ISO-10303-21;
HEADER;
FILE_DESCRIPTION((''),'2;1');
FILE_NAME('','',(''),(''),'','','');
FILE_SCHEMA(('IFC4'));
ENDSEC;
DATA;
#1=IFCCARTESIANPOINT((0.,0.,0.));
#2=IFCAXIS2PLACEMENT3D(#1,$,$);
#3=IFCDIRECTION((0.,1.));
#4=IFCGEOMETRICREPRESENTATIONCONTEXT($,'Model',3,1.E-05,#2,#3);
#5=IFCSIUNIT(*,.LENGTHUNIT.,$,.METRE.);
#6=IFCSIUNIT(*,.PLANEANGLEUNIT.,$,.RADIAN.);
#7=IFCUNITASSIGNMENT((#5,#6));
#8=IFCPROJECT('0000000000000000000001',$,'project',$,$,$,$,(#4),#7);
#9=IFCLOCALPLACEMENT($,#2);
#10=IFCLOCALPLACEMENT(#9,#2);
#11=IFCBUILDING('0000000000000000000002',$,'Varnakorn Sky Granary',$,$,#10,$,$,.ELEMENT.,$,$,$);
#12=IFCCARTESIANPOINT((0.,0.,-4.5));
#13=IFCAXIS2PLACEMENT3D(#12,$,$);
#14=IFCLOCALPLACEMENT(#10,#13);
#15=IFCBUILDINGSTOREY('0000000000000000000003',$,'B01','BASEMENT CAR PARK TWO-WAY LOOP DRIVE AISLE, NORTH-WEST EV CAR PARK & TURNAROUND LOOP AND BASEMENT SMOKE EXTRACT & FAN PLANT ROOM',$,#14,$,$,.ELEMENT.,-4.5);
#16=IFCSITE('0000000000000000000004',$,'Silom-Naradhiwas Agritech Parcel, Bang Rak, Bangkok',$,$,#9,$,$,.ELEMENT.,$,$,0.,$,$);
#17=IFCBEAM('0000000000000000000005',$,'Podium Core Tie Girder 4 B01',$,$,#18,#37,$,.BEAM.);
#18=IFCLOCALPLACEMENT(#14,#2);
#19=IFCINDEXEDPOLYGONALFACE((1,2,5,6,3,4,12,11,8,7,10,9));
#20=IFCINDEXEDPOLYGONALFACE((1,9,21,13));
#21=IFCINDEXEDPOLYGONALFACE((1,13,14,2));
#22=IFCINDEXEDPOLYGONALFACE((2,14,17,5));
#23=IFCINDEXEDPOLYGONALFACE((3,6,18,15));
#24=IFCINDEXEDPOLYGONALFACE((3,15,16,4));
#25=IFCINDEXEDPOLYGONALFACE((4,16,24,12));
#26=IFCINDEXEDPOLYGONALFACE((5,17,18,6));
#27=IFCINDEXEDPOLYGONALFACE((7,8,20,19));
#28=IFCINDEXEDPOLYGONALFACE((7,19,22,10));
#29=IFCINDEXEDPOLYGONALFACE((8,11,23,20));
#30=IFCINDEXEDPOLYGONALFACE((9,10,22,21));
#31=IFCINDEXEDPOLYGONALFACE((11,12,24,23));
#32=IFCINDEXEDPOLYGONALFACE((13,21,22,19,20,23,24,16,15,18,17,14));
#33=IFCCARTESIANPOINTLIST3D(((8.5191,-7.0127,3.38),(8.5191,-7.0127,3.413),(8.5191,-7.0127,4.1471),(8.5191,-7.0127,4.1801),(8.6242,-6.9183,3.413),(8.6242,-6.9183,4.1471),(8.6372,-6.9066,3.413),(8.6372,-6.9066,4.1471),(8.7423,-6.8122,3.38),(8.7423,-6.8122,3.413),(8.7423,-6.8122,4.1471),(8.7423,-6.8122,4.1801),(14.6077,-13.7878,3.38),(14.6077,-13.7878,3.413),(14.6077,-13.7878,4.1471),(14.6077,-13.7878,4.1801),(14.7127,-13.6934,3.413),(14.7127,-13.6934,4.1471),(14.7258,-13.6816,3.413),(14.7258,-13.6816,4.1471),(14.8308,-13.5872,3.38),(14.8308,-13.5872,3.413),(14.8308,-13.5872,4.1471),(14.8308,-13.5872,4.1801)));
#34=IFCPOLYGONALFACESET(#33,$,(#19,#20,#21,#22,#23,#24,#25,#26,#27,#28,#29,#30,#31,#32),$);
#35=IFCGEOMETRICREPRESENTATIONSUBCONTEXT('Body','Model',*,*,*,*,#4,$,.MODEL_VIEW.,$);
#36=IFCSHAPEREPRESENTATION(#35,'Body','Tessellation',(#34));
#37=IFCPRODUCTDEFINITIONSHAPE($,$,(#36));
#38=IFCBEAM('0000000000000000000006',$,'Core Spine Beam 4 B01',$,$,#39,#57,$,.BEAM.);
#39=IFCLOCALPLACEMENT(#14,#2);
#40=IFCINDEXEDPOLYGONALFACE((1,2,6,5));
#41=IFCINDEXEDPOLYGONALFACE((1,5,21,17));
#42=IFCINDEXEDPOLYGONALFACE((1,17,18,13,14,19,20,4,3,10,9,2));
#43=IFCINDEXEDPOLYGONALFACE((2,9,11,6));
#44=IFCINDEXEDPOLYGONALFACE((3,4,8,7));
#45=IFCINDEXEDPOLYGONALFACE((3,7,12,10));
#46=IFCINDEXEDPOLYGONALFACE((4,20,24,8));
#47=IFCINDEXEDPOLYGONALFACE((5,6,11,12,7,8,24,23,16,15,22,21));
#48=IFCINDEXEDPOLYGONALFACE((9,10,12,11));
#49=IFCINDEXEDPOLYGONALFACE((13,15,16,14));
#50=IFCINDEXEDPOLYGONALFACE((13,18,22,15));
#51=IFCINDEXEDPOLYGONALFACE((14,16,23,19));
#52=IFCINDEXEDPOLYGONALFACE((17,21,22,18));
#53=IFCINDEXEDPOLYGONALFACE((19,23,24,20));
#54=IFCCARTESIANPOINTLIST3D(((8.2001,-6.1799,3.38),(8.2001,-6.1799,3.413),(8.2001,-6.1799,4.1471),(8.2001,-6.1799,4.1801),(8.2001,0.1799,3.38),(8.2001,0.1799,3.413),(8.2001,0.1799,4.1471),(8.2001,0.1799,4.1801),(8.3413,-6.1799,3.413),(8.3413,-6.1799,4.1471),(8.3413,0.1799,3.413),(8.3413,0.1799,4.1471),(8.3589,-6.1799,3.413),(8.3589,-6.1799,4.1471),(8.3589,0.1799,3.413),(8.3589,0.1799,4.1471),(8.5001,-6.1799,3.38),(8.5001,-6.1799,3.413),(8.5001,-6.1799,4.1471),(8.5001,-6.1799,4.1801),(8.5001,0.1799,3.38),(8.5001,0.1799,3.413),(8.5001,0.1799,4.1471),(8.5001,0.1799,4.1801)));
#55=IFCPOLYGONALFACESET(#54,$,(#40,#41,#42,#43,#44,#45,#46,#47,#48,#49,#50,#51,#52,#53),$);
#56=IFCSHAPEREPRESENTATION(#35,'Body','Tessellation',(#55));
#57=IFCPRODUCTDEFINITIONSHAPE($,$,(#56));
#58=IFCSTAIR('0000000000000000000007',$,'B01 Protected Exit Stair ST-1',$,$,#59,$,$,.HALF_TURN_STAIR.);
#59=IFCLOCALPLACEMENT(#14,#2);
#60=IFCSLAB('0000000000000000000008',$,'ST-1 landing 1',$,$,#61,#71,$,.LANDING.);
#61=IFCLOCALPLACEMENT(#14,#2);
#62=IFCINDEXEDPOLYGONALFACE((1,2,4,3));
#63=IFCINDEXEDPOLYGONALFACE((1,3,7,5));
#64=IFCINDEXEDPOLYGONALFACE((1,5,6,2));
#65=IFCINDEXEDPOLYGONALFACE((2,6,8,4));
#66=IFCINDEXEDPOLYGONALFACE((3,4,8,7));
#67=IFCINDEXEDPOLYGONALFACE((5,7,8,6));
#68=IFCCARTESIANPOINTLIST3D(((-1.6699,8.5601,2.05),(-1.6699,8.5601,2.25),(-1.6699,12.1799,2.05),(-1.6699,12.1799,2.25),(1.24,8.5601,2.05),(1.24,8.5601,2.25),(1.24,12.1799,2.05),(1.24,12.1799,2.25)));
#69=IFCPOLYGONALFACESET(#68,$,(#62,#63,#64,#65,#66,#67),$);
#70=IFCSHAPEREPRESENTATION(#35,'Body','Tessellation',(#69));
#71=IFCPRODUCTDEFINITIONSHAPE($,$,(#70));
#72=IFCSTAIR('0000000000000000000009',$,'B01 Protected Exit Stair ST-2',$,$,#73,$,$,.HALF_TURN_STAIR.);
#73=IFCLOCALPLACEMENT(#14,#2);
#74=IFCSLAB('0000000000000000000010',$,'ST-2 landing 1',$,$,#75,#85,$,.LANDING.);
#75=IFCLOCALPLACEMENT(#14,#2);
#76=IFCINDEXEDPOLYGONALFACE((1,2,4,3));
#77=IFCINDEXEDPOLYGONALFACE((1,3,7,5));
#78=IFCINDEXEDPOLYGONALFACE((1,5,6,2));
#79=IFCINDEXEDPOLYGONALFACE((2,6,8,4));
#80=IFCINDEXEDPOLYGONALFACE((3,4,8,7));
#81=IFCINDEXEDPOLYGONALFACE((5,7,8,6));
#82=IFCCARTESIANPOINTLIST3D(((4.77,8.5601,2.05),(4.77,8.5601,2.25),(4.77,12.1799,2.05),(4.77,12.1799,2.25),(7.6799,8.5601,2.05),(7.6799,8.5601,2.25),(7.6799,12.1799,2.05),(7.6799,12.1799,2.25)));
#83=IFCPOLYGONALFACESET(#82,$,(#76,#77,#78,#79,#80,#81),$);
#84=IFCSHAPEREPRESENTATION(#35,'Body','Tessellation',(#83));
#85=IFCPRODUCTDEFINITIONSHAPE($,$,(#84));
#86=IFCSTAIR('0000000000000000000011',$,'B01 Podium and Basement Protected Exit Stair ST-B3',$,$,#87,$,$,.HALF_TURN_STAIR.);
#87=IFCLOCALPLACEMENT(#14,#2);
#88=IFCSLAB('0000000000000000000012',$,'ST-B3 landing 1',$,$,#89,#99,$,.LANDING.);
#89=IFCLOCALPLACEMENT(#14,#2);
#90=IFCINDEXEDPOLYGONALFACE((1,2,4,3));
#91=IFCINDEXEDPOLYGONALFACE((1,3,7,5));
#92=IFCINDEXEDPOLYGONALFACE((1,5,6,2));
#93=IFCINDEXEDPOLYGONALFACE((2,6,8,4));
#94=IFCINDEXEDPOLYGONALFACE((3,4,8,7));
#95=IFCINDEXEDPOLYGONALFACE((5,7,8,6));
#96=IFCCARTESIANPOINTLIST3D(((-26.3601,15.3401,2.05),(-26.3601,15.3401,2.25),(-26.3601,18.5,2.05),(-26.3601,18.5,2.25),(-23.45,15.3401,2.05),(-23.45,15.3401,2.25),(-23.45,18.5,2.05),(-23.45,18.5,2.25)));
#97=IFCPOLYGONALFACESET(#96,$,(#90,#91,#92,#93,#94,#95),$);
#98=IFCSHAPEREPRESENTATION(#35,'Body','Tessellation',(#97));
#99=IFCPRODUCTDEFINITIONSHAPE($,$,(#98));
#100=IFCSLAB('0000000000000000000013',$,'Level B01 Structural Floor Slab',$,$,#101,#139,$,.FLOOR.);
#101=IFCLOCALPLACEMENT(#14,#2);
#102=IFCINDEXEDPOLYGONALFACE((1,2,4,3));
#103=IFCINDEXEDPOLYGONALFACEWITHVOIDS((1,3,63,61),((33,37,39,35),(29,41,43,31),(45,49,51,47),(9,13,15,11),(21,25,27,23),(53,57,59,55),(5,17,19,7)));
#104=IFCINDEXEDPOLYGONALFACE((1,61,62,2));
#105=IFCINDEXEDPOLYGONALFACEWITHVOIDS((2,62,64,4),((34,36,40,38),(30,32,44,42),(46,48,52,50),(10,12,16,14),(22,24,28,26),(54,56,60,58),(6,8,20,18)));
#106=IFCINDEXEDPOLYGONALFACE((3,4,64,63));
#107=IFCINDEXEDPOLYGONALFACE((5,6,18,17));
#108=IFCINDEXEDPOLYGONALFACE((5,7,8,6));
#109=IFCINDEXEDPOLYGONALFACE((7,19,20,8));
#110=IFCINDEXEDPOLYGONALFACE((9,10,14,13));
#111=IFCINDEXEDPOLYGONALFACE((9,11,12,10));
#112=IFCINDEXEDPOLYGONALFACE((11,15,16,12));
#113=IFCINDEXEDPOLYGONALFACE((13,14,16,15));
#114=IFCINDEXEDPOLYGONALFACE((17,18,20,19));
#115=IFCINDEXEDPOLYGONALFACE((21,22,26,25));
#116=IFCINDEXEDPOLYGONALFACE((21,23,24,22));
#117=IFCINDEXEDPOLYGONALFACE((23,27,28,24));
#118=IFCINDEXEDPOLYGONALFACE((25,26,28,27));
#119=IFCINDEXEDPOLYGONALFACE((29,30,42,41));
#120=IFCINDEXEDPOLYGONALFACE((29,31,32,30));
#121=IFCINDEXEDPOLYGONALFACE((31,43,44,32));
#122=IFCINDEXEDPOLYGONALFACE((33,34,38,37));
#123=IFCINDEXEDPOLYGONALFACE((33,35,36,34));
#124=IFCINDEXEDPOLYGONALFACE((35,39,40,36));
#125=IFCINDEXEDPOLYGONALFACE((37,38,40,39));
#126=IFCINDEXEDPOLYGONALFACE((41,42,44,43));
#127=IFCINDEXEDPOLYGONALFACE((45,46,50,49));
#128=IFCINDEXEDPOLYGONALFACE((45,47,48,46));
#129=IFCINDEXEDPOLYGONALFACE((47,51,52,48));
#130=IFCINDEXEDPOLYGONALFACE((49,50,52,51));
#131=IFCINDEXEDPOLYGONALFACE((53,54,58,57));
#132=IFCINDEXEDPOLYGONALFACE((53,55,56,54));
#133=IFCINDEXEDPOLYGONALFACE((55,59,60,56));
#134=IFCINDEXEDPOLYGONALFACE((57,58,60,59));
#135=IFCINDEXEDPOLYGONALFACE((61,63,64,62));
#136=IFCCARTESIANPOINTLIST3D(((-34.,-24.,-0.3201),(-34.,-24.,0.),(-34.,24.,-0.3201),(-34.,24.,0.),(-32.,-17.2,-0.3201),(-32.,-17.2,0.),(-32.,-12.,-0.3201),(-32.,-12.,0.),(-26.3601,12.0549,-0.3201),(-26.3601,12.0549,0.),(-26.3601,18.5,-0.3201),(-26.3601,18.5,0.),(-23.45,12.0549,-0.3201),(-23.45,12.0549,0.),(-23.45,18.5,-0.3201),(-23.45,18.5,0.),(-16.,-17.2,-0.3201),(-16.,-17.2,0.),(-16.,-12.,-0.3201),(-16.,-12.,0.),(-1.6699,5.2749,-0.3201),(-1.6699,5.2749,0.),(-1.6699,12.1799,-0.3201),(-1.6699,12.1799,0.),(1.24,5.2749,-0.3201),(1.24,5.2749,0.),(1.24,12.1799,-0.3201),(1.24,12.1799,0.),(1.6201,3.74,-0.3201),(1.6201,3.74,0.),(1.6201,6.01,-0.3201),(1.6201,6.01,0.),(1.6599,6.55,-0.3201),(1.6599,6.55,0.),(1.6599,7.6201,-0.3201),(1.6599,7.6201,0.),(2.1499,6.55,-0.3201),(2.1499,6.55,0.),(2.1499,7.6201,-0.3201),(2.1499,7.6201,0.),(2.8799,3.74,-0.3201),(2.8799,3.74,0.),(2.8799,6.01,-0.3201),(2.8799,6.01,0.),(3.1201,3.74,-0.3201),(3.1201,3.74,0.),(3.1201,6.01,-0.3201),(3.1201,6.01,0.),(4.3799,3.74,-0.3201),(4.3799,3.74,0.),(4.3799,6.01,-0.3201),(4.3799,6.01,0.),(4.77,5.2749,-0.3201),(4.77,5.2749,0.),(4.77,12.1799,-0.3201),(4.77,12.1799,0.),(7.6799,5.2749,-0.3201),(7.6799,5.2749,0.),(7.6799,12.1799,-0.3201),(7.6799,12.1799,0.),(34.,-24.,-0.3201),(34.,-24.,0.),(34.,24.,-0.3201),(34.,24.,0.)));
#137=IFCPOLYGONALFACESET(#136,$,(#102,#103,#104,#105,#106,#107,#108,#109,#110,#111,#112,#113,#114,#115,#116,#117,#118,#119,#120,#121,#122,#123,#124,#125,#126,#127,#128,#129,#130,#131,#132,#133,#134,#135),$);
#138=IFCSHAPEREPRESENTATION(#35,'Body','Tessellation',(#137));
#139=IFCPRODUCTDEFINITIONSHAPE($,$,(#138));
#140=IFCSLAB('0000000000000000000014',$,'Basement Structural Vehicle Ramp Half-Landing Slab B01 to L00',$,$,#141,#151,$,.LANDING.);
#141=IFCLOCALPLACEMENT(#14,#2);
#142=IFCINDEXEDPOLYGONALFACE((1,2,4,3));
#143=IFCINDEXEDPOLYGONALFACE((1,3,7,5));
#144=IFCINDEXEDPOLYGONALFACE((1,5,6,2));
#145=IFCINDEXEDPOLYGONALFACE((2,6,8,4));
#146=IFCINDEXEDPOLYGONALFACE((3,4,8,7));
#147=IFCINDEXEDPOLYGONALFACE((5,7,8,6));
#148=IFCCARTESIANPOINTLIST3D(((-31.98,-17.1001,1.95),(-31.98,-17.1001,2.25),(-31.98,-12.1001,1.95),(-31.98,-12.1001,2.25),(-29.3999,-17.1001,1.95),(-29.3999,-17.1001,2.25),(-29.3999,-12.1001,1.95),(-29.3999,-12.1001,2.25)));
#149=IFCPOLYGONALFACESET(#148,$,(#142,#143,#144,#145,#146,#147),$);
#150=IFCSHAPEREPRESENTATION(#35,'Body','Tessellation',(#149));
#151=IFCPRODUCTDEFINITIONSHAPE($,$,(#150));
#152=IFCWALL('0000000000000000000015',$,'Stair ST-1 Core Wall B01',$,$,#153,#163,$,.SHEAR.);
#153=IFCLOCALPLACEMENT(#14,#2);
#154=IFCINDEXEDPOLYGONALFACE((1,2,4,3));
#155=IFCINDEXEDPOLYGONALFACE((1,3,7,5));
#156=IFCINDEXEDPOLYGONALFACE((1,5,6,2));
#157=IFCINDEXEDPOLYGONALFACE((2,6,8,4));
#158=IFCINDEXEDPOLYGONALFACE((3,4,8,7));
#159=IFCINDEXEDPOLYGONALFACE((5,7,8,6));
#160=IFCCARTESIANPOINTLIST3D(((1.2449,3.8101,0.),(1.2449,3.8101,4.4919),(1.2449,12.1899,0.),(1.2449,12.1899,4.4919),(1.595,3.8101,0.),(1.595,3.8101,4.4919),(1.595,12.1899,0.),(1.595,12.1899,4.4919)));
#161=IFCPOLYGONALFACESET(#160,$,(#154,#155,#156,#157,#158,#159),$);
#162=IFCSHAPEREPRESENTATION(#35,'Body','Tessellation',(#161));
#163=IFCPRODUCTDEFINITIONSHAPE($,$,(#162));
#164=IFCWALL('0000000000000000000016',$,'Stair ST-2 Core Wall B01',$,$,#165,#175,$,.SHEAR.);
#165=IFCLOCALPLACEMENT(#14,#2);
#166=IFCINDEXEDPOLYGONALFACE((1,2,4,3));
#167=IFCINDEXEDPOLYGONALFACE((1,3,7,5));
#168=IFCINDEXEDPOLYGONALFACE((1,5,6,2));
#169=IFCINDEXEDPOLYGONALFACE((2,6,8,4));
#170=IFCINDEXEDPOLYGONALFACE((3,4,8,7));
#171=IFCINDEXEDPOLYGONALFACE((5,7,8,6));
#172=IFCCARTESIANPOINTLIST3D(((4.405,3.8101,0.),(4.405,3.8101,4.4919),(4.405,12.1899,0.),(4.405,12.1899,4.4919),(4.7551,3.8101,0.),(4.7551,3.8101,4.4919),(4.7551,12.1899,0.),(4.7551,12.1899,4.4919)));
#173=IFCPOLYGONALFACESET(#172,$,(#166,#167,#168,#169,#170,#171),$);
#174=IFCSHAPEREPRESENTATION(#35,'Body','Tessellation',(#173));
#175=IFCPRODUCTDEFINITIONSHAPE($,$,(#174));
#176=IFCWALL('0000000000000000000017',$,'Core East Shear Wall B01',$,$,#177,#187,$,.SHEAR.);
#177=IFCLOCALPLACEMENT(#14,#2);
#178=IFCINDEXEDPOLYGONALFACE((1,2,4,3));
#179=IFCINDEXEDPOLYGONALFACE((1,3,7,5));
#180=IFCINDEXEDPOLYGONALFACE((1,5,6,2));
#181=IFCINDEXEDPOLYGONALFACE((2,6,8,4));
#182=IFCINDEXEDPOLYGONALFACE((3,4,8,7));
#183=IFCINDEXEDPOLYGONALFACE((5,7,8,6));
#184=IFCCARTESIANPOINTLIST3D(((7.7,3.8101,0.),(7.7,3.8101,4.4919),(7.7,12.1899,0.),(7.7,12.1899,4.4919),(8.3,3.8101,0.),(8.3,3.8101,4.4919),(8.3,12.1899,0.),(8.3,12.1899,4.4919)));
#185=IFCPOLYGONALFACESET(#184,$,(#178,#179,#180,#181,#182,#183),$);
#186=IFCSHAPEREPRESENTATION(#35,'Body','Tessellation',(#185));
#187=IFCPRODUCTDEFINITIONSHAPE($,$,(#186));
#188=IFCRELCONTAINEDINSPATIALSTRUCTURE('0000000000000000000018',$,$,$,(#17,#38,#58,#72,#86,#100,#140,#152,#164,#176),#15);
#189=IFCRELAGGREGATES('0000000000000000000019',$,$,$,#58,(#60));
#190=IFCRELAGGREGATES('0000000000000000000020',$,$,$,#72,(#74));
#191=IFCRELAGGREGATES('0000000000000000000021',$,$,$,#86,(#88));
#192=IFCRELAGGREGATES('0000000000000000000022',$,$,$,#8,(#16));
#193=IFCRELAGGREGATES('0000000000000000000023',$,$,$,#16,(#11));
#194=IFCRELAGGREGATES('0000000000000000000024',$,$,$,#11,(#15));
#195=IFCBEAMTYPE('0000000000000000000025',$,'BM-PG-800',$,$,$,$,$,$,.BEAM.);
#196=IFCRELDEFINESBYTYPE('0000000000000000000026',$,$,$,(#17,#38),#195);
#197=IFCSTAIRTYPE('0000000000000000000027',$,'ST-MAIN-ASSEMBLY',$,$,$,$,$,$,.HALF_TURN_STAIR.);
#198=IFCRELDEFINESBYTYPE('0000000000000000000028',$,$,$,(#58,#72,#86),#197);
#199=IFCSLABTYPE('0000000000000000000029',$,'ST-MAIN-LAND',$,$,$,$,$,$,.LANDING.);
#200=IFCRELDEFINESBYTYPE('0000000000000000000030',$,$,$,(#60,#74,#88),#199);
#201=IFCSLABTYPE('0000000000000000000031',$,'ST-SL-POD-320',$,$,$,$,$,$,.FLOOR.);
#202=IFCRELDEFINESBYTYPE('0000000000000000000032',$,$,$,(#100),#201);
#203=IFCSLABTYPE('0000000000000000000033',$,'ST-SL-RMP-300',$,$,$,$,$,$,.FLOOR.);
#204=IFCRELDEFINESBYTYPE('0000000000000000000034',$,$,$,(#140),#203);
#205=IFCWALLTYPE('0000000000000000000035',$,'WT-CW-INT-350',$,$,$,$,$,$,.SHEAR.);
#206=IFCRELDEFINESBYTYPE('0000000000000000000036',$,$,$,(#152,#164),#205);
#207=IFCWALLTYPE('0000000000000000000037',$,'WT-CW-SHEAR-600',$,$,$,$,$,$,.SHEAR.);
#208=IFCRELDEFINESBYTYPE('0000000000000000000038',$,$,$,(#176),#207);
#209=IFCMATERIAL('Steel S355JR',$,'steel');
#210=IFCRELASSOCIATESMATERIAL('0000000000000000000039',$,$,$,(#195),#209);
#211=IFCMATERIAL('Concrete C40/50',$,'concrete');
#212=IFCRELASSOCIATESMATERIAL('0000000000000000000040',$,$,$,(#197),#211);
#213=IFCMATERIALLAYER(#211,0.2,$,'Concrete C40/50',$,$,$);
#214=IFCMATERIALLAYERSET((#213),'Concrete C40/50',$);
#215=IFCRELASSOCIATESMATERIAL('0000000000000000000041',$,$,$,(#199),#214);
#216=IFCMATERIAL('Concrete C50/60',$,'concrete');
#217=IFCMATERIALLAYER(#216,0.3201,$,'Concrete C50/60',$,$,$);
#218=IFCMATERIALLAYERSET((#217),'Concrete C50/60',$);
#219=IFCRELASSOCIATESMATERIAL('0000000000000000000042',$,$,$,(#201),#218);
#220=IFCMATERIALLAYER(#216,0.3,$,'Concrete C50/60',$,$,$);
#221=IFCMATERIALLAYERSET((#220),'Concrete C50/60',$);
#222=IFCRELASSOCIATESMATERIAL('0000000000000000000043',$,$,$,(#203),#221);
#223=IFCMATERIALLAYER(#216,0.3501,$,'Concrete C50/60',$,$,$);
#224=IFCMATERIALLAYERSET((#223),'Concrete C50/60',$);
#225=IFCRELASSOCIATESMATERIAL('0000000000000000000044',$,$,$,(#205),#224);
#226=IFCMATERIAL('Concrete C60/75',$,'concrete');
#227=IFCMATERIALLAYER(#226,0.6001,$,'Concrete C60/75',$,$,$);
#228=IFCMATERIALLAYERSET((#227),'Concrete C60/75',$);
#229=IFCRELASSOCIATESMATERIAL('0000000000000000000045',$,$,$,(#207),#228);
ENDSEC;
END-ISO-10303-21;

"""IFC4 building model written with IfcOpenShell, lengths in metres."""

from ifc_helpers import new_model, si_unit, direction, frame, frame_2d, origin, origin_2d, place, context, subcontext, project, spatial, polyline, rectangle, i_section, outline, extrude, material, layer, layer_set, material_profile, profile_set, type_object, element, aggregate, save


model = new_model("IFC4")

# Units and contexts
model_context = context("Model", 3, precision=1e-05, world=origin(), true_north=direction((0.0, 1.0)))
body_context = subcontext(model_context, "Body", "Model", "MODEL_VIEW")
ifc_project = project(units=[si_unit("LENGTHUNIT", "METRE"), si_unit("PLANEANGLEUNIT", "RADIAN")], contexts=[model_context])

# Site, building, storey
site_placement = place(None, origin())
site = spatial("IfcSite", under=ifc_project, at=site_placement, Name="Silom-Naradhiwas Agritech Parcel, Bang Rak, Bangkok", CompositionType="ELEMENT", RefElevation=0.0)
building_placement = place(site_placement, origin())
building = spatial("IfcBuilding", under=site, at=building_placement, Name="Varnakorn Sky Granary", CompositionType="ELEMENT")
storey_placement = place(building_placement, frame((0.0, 0.0, -4.5)))
storey = spatial("IfcBuildingStorey", under=building, at=storey_placement, Name="B01", Description="BASEMENT CAR PARK TWO-WAY LOOP DRIVE AISLE, NORTH-WEST EV CAR PARK & TURNAROUND LOOP AND BASEMENT SMOKE EXTRACT & FAN PLANT ROOM", CompositionType="ELEMENT", Elevation=-4.5)

# Shared definitions
ifc_material_1 = material(Name="Concrete C60/75", Category="concrete")

# Beams
ifc_material_2 = material(Name="Steel S355JR", Category="steel")
ifc_material_profile_1 = material_profile(ifc_material_2, i_section(OverallWidth=0.3, OverallDepth=0.8, WebThickness=0.0176, FlangeThickness=0.033, at=origin_2d()), Name="HE 800 B")
ifc_profile_set_1 = profile_set([ifc_material_profile_1], Name="Steel S355JR")
beam_type_1 = type_object("IfcBeamType", Name="BM-PG-800", PredefinedType="BEAM", material=ifc_profile_set_1)
beam_1_placement = place(storey_placement, frame((14.7192, -13.6875, 3.78), z_axis=(-0.668418, 0.743786, 0.0), x_axis=(-0.743786, -0.668418, 0.0)))
element("IfcBeam", 1, at=beam_1_placement, inside=storey, type_object=beam_type_1, Name="Podium Core Tie Girder 4 B01", PredefinedType="BEAM", context=body_context, shape_type="SweptSolid", body=[
    extrude(i_section(OverallWidth=0.3, OverallDepth=0.8, WebThickness=0.0176, FlangeThickness=0.033, at=origin_2d()), origin(), (0.0, 0.0, 1.0), 9.1089),
])
beam_2_placement = place(storey_placement, frame((8.3501, 0.1799, 3.78), z_axis=(0.0, -1.0, 0.0), x_axis=(1.0, 0.0, 0.0)))
element("IfcBeam", 2, at=beam_2_placement, inside=storey, type_object=beam_type_1, Name="Core Spine Beam 4 B01", PredefinedType="BEAM", context=body_context, shape_type="SweptSolid", body=[
    extrude(i_section(OverallWidth=0.3, OverallDepth=0.8, WebThickness=0.0176, FlangeThickness=0.033, at=origin_2d()), origin(), (0.0, 0.0, 1.0), 6.3599),
])

# Stairs, slabs
ifc_material_3 = material(Name="Concrete C40/50", Category="concrete")
stair_type = type_object("IfcStairType", Name="ST-MAIN-ASSEMBLY", PredefinedType="HALF_TURN_STAIR", material=ifc_material_3)
stair_1_placement = place(storey_placement, origin())
stair_1 = element("IfcStair", 3, at=stair_1_placement, inside=storey, type_object=stair_type, Name="B01 Protected Exit Stair ST-1", PredefinedType="HALF_TURN_STAIR")
ifc_layer_1 = layer(ifc_material_3, 0.2, Name="Concrete C40/50")
ifc_layer_set_1 = layer_set([ifc_layer_1], Name="Concrete C40/50")
slab_type_1 = type_object("IfcSlabType", Name="ST-MAIN-LAND", PredefinedType="LANDING", material=ifc_layer_set_1)
slab_1_placement = place(storey_placement, frame((0.0, 0.0, 2.05)))
slab_1 = element("IfcSlab", 4, at=slab_1_placement, type_object=slab_type_1, Name="ST-1 landing 1", PredefinedType="LANDING", context=body_context, shape_type="SweptSolid", body=[
    extrude(outline(polyline([(1.24, 8.5601), (1.24, 12.1799), (-1.6699, 12.1799), (-1.6699, 8.5601), (1.24, 8.5601)])), origin(), (0.0, 0.0, 1.0), 0.2),
])
aggregate(stair_1, [slab_1])
stair_2_placement = place(storey_placement, origin())
stair_2 = element("IfcStair", 5, at=stair_2_placement, inside=storey, type_object=stair_type, Name="B01 Protected Exit Stair ST-2", PredefinedType="HALF_TURN_STAIR")
slab_2_placement = place(storey_placement, frame((0.0, 0.0, 2.05)))
slab_2 = element("IfcSlab", 6, at=slab_2_placement, type_object=slab_type_1, Name="ST-2 landing 1", PredefinedType="LANDING", context=body_context, shape_type="SweptSolid", body=[
    extrude(outline(polyline([(7.6799, 8.5601), (7.6799, 12.1799), (4.77, 12.1799), (4.77, 8.5601), (7.6799, 8.5601)])), origin(), (0.0, 0.0, 1.0), 0.2),
])
aggregate(stair_2, [slab_2])
stair_3_placement = place(storey_placement, origin())
stair_3 = element("IfcStair", 7, at=stair_3_placement, inside=storey, type_object=stair_type, Name="B01 Podium and Basement Protected Exit Stair ST-B3", PredefinedType="HALF_TURN_STAIR")
slab_3_placement = place(storey_placement, frame((0.0, 0.0, 2.05)))
slab_3 = element("IfcSlab", 8, at=slab_3_placement, type_object=slab_type_1, Name="ST-B3 landing 1", PredefinedType="LANDING", context=body_context, shape_type="SweptSolid", body=[
    extrude(outline(polyline([(-23.45, 15.3401), (-23.45, 18.5), (-26.3601, 18.5), (-26.3601, 15.3401), (-23.45, 15.3401)])), origin(), (0.0, 0.0, 1.0), 0.2),
])
aggregate(stair_3, [slab_3])

# Slabs
ifc_material_4 = material(Name="Concrete C50/60", Category="concrete")
ifc_layer_2 = layer(ifc_material_4, 0.3201, Name="Concrete C50/60")
ifc_layer_set_2 = layer_set([ifc_layer_2], Name="Concrete C50/60")
slab_type_2 = type_object("IfcSlabType", Name="ST-SL-POD-320", PredefinedType="FLOOR", material=ifc_layer_set_2)
slab_4_placement = place(storey_placement, frame((0.0, 0.0, -0.3201)))
element("IfcSlab", 9, at=slab_4_placement, inside=storey, type_object=slab_type_2, Name="Level B01 Structural Floor Slab", PredefinedType="FLOOR", context=body_context, shape_type="SweptSolid", body=[
    extrude(outline(polyline([(-34.0, -24.0), (34.0, -24.0), (34.0, 24.0), (-34.0, 24.0), (-34.0, -24.0)]), holes=[polyline([(1.24, 5.2749), (1.24, 12.1799), (-1.6699, 12.1799), (-1.6699, 5.2749), (1.24, 5.2749)]), polyline([(7.6799, 5.2749), (7.6799, 12.1799), (4.77, 12.1799), (4.77, 5.2749), (7.6799, 5.2749)]), polyline([(-23.45, 12.0549), (-23.45, 18.5), (-26.3601, 18.5), (-26.3601, 12.0549), (-23.45, 12.0549)]), polyline([(1.6599, 6.55), (2.1499, 6.55), (2.1499, 7.6201), (1.6599, 7.6201), (1.6599, 6.55)]), polyline([(1.6201, 3.74), (2.8799, 3.74), (2.8799, 6.01), (1.6201, 6.01), (1.6201, 3.74)]), polyline([(3.1201, 3.74), (4.3799, 3.74), (4.3799, 6.01), (3.1201, 6.01), (3.1201, 3.74)]), polyline([(-32.0, -17.2), (-16.0, -17.2), (-16.0, -12.0), (-32.0, -12.0), (-32.0, -17.2)])]), origin(), (0.0, 0.0, 1.0), 0.3201),
])
ifc_layer_3 = layer(ifc_material_4, 0.3, Name="Concrete C50/60")
ifc_layer_set_3 = layer_set([ifc_layer_3], Name="Concrete C50/60")
slab_type_3 = type_object("IfcSlabType", Name="ST-SL-RMP-300", PredefinedType="FLOOR", material=ifc_layer_set_3)
slab_5_placement = place(storey_placement, frame((0.0, 0.0, 1.95)))
element("IfcSlab", 10, at=slab_5_placement, inside=storey, type_object=slab_type_3, Name="Basement Structural Vehicle Ramp Half-Landing Slab B01 to L00", PredefinedType="LANDING", context=body_context, shape_type="SweptSolid", body=[
    extrude(outline(polyline([(-31.98, -17.1001), (-29.3999, -17.1001), (-29.3999, -12.1001), (-31.98, -12.1001), (-31.98, -17.1001)])), origin(), (0.0, 0.0, 1.0), 0.3),
])

# Walls
ifc_layer_4 = layer(ifc_material_4, 0.3501, Name="Concrete C50/60")
ifc_layer_set_4 = layer_set([ifc_layer_4], Name="Concrete C50/60")
wall_type_1 = type_object("IfcWallType", Name="WT-CW-INT-350", PredefinedType="SHEAR", material=ifc_layer_set_4)
for number, where, z_axis, x_axis, name in (
    (11, (1.4199, 3.8101, 0.0), (0.0, 0.0, 1.0), (0.0, 1.0, 0.0), "Stair ST-1 Core Wall B01"),
    (12, (4.5801, 3.8101, 0.0), (0.0, 0.0, 1.0), (0.0, 1.0, 0.0), "Stair ST-2 Core Wall B01"),
):
    element("IfcWall", number, at=place(storey_placement, frame(where, z_axis=z_axis, x_axis=x_axis)), inside=storey, type_object=wall_type_1, Name=name, PredefinedType="SHEAR", context=body_context, shape_type="SweptSolid", body=[
        extrude(rectangle(XDim=8.3799, YDim=0.3501, at=frame_2d((4.1899, 0.0))), origin(), (0.0, 0.0, 1.0), 4.4919),
    ])
ifc_layer_5 = layer(ifc_material_1, 0.6001, Name="Concrete C60/75")
ifc_layer_set_5 = layer_set([ifc_layer_5], Name="Concrete C60/75")
wall_type_2 = type_object("IfcWallType", Name="WT-CW-SHEAR-600", PredefinedType="SHEAR", material=ifc_layer_set_5)
wall_1_placement = place(storey_placement, frame((8.0, 3.8101, 0.0), z_axis=(0.0, 0.0, 1.0), x_axis=(0.0, 1.0, 0.0)))
element("IfcWall", 13, at=wall_1_placement, inside=storey, type_object=wall_type_2, Name="Core East Shear Wall B01", PredefinedType="SHEAR", context=body_context, shape_type="SweptSolid", body=[
    extrude(rectangle(XDim=8.3799, YDim=0.6001, at=frame_2d((4.1899, 0.0))), origin(), (0.0, 0.0, 1.0), 4.4919),
])

save(model, "model.ifc")
